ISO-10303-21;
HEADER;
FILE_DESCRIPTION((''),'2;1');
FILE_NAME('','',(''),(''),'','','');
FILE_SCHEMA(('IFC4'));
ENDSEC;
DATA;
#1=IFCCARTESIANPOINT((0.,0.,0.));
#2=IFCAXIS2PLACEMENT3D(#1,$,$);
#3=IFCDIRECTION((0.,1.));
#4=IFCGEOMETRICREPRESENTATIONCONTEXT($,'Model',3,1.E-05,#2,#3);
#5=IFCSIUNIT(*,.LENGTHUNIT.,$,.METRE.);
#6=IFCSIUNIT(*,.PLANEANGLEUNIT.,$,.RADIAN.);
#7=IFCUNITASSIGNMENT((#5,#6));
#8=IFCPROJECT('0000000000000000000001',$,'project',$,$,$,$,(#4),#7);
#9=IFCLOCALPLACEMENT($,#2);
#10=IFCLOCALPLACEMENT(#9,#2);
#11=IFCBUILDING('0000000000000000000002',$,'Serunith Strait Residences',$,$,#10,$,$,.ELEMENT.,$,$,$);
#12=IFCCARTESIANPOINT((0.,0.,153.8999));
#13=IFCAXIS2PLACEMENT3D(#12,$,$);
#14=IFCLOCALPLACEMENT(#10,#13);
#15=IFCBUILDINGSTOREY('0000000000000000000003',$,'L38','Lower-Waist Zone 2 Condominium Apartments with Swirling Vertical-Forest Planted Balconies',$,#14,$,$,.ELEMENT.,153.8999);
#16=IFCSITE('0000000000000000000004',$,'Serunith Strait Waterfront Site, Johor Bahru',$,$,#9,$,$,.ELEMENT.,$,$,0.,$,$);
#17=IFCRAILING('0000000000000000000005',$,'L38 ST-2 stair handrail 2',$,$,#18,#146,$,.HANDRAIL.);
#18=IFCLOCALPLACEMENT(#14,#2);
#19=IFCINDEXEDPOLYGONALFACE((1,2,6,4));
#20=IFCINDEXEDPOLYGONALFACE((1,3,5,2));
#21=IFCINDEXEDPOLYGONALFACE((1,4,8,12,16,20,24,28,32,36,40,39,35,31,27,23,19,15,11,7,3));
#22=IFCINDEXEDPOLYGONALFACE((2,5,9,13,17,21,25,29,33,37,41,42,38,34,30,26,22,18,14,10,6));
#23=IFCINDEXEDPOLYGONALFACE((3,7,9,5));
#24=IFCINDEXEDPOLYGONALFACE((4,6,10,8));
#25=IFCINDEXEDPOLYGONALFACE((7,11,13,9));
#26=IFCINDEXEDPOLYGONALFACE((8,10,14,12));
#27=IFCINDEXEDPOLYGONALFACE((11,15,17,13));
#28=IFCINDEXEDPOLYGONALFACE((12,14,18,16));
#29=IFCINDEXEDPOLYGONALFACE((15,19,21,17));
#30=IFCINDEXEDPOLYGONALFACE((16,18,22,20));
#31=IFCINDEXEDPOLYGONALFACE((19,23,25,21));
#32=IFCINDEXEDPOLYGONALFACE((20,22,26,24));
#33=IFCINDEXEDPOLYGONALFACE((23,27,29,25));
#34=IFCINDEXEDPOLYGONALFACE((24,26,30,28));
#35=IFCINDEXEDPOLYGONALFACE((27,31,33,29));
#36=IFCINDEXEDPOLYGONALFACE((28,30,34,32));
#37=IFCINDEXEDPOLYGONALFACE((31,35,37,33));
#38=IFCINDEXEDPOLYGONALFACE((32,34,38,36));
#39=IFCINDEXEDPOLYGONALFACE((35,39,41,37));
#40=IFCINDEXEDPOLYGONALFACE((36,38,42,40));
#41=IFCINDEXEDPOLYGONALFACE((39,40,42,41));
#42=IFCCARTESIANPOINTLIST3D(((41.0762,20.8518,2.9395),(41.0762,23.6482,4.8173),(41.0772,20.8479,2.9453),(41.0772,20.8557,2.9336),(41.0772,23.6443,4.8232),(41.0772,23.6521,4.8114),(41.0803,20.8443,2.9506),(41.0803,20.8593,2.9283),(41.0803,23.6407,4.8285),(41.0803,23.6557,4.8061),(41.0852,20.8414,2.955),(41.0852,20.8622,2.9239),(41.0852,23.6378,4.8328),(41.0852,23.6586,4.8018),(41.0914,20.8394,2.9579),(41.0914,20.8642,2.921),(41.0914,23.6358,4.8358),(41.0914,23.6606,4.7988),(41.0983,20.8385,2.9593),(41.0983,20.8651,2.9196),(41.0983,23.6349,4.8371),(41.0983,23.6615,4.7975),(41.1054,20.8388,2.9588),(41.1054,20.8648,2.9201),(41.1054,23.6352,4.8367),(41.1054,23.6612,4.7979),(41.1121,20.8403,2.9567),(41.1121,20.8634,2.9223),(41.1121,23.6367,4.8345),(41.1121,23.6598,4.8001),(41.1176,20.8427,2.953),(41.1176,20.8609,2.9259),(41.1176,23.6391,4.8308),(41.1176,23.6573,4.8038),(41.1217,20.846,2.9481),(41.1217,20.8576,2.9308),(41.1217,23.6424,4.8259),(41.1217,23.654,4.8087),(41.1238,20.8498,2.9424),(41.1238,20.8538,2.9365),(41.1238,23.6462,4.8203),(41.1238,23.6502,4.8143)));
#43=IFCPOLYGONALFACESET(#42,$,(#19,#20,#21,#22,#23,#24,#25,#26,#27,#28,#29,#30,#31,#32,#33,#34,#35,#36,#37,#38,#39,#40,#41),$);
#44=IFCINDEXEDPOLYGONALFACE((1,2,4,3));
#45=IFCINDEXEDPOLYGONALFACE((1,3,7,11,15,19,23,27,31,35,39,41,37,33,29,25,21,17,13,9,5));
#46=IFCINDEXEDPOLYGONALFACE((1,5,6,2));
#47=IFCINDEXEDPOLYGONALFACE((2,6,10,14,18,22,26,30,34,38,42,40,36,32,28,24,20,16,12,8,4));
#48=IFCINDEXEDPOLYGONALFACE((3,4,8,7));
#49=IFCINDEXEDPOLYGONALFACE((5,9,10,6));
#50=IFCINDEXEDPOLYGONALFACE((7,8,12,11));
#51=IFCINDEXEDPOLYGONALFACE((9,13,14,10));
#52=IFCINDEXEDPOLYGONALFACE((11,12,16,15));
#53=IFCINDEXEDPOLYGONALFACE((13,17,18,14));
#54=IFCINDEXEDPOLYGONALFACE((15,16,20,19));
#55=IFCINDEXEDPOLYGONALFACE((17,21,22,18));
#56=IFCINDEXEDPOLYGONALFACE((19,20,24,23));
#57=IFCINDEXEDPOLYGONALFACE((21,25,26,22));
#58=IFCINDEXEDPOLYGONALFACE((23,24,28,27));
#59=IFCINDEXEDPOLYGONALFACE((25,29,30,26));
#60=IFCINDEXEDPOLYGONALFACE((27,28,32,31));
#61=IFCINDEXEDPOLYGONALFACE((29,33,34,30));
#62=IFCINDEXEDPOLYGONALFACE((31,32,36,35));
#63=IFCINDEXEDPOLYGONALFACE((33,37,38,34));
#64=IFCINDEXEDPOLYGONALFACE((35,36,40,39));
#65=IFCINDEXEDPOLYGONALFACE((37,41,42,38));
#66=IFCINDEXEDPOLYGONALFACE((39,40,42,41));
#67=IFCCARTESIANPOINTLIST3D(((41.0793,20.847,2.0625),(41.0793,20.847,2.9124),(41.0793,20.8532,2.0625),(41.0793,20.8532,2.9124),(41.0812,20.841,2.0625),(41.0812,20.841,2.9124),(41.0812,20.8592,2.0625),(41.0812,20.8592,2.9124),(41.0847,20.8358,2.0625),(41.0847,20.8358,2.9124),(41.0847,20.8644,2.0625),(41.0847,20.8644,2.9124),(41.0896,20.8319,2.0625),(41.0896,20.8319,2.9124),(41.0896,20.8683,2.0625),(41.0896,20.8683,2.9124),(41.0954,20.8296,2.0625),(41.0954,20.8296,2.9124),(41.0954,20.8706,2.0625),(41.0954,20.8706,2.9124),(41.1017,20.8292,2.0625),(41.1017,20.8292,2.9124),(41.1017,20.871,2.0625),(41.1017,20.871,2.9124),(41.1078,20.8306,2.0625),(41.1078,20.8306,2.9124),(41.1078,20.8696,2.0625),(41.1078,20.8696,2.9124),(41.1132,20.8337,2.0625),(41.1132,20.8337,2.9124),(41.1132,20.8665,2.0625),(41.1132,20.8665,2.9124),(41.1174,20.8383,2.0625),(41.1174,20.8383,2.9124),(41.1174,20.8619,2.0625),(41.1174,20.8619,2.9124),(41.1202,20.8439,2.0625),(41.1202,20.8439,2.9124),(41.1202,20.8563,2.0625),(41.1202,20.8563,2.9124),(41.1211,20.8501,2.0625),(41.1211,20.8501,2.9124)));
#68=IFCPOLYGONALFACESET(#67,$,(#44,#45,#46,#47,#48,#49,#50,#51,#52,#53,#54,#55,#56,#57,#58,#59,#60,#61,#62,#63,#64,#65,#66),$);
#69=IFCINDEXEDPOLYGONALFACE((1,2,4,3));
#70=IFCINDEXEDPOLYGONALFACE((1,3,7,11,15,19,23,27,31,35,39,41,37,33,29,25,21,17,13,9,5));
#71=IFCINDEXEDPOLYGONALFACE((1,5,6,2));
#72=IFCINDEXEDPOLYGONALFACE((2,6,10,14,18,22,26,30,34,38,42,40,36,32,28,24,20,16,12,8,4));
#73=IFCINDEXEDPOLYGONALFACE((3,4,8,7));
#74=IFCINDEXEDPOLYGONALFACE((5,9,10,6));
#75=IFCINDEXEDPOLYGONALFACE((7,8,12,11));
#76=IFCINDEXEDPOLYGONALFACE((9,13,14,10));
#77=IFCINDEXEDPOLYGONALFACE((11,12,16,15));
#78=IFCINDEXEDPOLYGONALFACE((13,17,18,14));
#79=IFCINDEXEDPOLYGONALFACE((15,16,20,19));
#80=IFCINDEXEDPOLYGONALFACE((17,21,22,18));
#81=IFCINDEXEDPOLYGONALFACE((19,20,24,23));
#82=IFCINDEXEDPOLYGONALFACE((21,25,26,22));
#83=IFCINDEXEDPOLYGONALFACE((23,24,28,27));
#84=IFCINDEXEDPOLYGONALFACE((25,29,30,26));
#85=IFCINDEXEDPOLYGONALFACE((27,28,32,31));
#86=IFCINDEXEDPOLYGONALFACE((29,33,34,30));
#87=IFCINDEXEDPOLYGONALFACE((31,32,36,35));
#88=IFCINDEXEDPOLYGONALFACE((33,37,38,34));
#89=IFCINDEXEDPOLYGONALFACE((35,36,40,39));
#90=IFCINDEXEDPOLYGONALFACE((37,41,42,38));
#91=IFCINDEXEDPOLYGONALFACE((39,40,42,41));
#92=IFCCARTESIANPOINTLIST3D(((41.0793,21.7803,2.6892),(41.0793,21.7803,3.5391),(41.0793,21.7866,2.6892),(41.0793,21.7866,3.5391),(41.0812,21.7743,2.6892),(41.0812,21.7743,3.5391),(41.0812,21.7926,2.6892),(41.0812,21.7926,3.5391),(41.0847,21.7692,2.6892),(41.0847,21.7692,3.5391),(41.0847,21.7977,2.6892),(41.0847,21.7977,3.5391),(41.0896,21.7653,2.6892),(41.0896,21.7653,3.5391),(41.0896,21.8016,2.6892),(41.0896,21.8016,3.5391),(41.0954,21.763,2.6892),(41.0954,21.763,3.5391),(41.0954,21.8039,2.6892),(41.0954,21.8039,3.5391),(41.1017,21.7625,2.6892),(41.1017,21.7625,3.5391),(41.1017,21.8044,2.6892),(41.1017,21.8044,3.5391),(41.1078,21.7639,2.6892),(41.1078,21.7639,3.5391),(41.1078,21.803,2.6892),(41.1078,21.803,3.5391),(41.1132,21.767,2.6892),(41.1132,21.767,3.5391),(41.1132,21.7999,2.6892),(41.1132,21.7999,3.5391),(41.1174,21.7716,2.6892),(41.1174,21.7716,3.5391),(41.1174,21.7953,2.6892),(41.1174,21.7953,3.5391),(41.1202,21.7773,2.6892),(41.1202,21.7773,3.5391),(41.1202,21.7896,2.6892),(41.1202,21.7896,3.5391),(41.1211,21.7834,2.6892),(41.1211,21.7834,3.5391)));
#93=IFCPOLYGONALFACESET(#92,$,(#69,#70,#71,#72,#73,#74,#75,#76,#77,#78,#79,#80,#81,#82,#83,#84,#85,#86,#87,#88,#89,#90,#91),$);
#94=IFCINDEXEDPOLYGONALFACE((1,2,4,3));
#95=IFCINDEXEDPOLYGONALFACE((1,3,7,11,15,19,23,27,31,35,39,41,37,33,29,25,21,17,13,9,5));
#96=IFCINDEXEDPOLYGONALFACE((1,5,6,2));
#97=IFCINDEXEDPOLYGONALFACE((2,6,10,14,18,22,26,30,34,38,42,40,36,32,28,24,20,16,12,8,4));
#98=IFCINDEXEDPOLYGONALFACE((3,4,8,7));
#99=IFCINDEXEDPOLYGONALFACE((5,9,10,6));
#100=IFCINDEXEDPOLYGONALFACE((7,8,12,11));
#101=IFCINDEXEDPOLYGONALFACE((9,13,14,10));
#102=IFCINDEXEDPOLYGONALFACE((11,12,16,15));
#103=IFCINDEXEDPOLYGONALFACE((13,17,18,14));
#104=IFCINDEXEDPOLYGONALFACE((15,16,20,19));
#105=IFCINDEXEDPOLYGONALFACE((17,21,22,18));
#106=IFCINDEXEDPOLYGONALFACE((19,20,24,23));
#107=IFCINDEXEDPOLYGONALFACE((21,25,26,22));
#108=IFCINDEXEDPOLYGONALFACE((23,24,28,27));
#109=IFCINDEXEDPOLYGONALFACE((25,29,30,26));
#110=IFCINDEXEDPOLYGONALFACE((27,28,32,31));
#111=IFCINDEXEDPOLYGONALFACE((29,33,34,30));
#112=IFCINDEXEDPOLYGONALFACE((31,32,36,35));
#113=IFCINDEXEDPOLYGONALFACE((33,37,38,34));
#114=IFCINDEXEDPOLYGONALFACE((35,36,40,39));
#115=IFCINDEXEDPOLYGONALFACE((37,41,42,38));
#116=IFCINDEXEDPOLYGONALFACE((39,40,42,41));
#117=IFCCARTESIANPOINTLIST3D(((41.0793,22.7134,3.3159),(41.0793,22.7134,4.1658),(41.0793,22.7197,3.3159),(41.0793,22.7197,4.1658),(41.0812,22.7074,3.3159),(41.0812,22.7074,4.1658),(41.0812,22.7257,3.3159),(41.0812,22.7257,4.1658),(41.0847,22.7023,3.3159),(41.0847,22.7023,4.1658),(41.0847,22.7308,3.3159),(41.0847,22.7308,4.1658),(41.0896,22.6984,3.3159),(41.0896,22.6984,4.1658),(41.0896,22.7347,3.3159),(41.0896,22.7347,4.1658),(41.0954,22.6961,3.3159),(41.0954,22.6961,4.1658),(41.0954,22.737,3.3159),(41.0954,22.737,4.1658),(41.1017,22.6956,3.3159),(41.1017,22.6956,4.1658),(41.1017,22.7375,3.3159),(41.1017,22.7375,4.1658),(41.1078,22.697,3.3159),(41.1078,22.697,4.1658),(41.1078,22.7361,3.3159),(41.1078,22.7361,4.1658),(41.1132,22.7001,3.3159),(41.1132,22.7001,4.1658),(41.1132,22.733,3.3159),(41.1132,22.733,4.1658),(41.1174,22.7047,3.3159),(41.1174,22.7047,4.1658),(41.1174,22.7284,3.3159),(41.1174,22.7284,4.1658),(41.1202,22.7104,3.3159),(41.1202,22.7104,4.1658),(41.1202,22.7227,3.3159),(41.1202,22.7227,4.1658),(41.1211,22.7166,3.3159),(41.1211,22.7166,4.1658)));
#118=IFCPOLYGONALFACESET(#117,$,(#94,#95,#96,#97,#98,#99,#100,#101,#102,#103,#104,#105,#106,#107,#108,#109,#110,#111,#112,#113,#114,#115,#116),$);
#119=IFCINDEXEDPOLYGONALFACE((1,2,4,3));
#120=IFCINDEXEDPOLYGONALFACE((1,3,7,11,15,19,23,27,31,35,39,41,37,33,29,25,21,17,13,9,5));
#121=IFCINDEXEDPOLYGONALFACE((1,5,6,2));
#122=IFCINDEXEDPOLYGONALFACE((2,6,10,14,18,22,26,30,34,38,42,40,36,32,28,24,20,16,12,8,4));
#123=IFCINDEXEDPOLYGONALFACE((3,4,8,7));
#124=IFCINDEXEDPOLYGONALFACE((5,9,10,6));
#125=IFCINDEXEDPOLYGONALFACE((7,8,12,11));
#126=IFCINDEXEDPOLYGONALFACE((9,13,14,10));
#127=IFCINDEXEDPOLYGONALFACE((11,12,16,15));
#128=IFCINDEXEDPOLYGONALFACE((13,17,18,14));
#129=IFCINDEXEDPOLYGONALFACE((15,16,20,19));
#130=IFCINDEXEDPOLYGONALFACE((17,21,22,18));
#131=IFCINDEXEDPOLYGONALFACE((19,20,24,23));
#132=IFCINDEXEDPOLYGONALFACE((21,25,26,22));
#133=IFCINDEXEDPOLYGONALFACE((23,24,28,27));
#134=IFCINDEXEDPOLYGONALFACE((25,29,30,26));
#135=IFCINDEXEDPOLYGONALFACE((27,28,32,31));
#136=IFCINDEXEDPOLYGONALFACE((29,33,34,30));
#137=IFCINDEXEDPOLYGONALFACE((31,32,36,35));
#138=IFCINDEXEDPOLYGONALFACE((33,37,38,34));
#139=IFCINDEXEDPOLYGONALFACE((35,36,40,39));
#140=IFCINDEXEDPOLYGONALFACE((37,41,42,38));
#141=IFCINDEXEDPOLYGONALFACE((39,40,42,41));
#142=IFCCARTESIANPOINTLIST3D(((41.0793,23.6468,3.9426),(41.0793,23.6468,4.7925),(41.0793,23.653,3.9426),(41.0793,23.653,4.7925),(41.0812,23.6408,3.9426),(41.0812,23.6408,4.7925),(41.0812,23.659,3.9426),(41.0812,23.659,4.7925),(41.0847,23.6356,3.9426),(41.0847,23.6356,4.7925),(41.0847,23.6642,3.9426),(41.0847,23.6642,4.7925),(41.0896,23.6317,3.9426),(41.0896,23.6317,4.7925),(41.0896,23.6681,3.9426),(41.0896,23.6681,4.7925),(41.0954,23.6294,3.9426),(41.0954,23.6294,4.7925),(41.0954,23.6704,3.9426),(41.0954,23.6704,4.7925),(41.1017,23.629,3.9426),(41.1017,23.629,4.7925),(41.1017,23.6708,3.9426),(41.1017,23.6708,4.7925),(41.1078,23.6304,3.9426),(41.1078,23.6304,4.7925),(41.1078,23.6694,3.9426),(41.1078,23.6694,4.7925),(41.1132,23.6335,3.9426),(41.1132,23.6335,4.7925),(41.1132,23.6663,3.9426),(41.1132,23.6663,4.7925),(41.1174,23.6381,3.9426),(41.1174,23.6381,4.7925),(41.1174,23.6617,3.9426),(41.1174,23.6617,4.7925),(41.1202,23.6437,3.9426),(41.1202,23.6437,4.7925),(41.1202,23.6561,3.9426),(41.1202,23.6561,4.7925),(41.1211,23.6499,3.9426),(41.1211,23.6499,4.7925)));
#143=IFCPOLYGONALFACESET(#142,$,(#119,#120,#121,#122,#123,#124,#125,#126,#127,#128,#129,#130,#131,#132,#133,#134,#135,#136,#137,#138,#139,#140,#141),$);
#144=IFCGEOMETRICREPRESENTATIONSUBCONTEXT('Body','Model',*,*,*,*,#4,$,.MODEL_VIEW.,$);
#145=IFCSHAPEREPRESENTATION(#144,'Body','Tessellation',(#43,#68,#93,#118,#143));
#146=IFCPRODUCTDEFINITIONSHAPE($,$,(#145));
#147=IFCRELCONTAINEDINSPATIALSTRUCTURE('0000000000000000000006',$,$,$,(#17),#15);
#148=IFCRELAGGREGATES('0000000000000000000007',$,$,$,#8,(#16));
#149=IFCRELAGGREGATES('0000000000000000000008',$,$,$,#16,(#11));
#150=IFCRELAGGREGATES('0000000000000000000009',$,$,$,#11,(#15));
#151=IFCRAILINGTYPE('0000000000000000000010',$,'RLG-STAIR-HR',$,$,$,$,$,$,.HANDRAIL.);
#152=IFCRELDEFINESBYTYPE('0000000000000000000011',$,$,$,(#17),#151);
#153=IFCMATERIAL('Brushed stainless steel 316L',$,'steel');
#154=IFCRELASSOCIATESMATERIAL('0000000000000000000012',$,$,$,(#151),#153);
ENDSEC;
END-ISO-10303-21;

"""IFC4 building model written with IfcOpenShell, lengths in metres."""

from ifc_helpers import new_model, si_unit, direction, frame, origin, origin_2d, place, context, subcontext, project, spatial, circle, extrude, material, type_object, element, save


model = new_model("IFC4")

# Units and contexts
model_context = context("Model", 3, precision=1e-05, world=origin(), true_north=direction((0.0, 1.0)))
body_context = subcontext(model_context, "Body", "Model", "MODEL_VIEW")
ifc_project = project(units=[si_unit("LENGTHUNIT", "METRE"), si_unit("PLANEANGLEUNIT", "RADIAN")], contexts=[model_context])

# Site, building, storey
site_placement = place(None, origin())
site = spatial("IfcSite", under=ifc_project, at=site_placement, Name="Serunith Strait Waterfront Site, Johor Bahru", CompositionType="ELEMENT", RefElevation=0.0)
building_placement = place(site_placement, origin())
building = spatial("IfcBuilding", under=site, at=building_placement, Name="Serunith Strait Residences", CompositionType="ELEMENT")
storey_placement = place(building_placement, frame((0.0, 0.0, 153.8999)))
storey = spatial("IfcBuildingStorey", under=building, at=storey_placement, Name="L38", Description="Lower-Waist Zone 2 Condominium Apartments with Swirling Vertical-Forest Planted Balconies", CompositionType="ELEMENT", Elevation=153.8999)

# Railing
ifc_material_1 = material(Name="Brushed stainless steel 316L", Category="steel")
railing_type_1 = type_object("IfcRailingType", Name="RLG-STAIR-HR", PredefinedType="HANDRAIL", material=ifc_material_1)
railing_1_placement = place(storey_placement, frame((41.1001, 20.8501, 2.0625)))
element("IfcRailing", 1, at=railing_1_placement, inside=storey, type_object=railing_type_1, Name="L38 ST-2 stair handrail 2", PredefinedType="HANDRAIL", context=body_context, shape_type="SweptSolid", body=[
    extrude(circle(Radius=0.0239, at=origin_2d()), frame((0.0, 0.0017, 0.877), z_axis=(0.0, 0.830186, 0.557487), x_axis=(-1.0, 0.0, 0.0)), (0.0, 0.0, 1.0), 3.3684),
    extrude(circle(Radius=0.021, at=origin_2d()), origin(), (0.0, 0.0, 1.0), 0.8499),
    extrude(circle(Radius=0.021, at=origin_2d()), frame((0.0, 0.9333, 0.6267)), (0.0, 0.0, 1.0), 0.8499),
    extrude(circle(Radius=0.021, at=origin_2d()), frame((0.0, 1.8665, 1.2534)), (0.0, 0.0, 1.0), 0.8499),
    extrude(circle(Radius=0.021, at=origin_2d()), frame((0.0, 2.7998, 1.8801)), (0.0, 0.0, 1.0), 0.8499),
])

save(model, "model.ifc")
